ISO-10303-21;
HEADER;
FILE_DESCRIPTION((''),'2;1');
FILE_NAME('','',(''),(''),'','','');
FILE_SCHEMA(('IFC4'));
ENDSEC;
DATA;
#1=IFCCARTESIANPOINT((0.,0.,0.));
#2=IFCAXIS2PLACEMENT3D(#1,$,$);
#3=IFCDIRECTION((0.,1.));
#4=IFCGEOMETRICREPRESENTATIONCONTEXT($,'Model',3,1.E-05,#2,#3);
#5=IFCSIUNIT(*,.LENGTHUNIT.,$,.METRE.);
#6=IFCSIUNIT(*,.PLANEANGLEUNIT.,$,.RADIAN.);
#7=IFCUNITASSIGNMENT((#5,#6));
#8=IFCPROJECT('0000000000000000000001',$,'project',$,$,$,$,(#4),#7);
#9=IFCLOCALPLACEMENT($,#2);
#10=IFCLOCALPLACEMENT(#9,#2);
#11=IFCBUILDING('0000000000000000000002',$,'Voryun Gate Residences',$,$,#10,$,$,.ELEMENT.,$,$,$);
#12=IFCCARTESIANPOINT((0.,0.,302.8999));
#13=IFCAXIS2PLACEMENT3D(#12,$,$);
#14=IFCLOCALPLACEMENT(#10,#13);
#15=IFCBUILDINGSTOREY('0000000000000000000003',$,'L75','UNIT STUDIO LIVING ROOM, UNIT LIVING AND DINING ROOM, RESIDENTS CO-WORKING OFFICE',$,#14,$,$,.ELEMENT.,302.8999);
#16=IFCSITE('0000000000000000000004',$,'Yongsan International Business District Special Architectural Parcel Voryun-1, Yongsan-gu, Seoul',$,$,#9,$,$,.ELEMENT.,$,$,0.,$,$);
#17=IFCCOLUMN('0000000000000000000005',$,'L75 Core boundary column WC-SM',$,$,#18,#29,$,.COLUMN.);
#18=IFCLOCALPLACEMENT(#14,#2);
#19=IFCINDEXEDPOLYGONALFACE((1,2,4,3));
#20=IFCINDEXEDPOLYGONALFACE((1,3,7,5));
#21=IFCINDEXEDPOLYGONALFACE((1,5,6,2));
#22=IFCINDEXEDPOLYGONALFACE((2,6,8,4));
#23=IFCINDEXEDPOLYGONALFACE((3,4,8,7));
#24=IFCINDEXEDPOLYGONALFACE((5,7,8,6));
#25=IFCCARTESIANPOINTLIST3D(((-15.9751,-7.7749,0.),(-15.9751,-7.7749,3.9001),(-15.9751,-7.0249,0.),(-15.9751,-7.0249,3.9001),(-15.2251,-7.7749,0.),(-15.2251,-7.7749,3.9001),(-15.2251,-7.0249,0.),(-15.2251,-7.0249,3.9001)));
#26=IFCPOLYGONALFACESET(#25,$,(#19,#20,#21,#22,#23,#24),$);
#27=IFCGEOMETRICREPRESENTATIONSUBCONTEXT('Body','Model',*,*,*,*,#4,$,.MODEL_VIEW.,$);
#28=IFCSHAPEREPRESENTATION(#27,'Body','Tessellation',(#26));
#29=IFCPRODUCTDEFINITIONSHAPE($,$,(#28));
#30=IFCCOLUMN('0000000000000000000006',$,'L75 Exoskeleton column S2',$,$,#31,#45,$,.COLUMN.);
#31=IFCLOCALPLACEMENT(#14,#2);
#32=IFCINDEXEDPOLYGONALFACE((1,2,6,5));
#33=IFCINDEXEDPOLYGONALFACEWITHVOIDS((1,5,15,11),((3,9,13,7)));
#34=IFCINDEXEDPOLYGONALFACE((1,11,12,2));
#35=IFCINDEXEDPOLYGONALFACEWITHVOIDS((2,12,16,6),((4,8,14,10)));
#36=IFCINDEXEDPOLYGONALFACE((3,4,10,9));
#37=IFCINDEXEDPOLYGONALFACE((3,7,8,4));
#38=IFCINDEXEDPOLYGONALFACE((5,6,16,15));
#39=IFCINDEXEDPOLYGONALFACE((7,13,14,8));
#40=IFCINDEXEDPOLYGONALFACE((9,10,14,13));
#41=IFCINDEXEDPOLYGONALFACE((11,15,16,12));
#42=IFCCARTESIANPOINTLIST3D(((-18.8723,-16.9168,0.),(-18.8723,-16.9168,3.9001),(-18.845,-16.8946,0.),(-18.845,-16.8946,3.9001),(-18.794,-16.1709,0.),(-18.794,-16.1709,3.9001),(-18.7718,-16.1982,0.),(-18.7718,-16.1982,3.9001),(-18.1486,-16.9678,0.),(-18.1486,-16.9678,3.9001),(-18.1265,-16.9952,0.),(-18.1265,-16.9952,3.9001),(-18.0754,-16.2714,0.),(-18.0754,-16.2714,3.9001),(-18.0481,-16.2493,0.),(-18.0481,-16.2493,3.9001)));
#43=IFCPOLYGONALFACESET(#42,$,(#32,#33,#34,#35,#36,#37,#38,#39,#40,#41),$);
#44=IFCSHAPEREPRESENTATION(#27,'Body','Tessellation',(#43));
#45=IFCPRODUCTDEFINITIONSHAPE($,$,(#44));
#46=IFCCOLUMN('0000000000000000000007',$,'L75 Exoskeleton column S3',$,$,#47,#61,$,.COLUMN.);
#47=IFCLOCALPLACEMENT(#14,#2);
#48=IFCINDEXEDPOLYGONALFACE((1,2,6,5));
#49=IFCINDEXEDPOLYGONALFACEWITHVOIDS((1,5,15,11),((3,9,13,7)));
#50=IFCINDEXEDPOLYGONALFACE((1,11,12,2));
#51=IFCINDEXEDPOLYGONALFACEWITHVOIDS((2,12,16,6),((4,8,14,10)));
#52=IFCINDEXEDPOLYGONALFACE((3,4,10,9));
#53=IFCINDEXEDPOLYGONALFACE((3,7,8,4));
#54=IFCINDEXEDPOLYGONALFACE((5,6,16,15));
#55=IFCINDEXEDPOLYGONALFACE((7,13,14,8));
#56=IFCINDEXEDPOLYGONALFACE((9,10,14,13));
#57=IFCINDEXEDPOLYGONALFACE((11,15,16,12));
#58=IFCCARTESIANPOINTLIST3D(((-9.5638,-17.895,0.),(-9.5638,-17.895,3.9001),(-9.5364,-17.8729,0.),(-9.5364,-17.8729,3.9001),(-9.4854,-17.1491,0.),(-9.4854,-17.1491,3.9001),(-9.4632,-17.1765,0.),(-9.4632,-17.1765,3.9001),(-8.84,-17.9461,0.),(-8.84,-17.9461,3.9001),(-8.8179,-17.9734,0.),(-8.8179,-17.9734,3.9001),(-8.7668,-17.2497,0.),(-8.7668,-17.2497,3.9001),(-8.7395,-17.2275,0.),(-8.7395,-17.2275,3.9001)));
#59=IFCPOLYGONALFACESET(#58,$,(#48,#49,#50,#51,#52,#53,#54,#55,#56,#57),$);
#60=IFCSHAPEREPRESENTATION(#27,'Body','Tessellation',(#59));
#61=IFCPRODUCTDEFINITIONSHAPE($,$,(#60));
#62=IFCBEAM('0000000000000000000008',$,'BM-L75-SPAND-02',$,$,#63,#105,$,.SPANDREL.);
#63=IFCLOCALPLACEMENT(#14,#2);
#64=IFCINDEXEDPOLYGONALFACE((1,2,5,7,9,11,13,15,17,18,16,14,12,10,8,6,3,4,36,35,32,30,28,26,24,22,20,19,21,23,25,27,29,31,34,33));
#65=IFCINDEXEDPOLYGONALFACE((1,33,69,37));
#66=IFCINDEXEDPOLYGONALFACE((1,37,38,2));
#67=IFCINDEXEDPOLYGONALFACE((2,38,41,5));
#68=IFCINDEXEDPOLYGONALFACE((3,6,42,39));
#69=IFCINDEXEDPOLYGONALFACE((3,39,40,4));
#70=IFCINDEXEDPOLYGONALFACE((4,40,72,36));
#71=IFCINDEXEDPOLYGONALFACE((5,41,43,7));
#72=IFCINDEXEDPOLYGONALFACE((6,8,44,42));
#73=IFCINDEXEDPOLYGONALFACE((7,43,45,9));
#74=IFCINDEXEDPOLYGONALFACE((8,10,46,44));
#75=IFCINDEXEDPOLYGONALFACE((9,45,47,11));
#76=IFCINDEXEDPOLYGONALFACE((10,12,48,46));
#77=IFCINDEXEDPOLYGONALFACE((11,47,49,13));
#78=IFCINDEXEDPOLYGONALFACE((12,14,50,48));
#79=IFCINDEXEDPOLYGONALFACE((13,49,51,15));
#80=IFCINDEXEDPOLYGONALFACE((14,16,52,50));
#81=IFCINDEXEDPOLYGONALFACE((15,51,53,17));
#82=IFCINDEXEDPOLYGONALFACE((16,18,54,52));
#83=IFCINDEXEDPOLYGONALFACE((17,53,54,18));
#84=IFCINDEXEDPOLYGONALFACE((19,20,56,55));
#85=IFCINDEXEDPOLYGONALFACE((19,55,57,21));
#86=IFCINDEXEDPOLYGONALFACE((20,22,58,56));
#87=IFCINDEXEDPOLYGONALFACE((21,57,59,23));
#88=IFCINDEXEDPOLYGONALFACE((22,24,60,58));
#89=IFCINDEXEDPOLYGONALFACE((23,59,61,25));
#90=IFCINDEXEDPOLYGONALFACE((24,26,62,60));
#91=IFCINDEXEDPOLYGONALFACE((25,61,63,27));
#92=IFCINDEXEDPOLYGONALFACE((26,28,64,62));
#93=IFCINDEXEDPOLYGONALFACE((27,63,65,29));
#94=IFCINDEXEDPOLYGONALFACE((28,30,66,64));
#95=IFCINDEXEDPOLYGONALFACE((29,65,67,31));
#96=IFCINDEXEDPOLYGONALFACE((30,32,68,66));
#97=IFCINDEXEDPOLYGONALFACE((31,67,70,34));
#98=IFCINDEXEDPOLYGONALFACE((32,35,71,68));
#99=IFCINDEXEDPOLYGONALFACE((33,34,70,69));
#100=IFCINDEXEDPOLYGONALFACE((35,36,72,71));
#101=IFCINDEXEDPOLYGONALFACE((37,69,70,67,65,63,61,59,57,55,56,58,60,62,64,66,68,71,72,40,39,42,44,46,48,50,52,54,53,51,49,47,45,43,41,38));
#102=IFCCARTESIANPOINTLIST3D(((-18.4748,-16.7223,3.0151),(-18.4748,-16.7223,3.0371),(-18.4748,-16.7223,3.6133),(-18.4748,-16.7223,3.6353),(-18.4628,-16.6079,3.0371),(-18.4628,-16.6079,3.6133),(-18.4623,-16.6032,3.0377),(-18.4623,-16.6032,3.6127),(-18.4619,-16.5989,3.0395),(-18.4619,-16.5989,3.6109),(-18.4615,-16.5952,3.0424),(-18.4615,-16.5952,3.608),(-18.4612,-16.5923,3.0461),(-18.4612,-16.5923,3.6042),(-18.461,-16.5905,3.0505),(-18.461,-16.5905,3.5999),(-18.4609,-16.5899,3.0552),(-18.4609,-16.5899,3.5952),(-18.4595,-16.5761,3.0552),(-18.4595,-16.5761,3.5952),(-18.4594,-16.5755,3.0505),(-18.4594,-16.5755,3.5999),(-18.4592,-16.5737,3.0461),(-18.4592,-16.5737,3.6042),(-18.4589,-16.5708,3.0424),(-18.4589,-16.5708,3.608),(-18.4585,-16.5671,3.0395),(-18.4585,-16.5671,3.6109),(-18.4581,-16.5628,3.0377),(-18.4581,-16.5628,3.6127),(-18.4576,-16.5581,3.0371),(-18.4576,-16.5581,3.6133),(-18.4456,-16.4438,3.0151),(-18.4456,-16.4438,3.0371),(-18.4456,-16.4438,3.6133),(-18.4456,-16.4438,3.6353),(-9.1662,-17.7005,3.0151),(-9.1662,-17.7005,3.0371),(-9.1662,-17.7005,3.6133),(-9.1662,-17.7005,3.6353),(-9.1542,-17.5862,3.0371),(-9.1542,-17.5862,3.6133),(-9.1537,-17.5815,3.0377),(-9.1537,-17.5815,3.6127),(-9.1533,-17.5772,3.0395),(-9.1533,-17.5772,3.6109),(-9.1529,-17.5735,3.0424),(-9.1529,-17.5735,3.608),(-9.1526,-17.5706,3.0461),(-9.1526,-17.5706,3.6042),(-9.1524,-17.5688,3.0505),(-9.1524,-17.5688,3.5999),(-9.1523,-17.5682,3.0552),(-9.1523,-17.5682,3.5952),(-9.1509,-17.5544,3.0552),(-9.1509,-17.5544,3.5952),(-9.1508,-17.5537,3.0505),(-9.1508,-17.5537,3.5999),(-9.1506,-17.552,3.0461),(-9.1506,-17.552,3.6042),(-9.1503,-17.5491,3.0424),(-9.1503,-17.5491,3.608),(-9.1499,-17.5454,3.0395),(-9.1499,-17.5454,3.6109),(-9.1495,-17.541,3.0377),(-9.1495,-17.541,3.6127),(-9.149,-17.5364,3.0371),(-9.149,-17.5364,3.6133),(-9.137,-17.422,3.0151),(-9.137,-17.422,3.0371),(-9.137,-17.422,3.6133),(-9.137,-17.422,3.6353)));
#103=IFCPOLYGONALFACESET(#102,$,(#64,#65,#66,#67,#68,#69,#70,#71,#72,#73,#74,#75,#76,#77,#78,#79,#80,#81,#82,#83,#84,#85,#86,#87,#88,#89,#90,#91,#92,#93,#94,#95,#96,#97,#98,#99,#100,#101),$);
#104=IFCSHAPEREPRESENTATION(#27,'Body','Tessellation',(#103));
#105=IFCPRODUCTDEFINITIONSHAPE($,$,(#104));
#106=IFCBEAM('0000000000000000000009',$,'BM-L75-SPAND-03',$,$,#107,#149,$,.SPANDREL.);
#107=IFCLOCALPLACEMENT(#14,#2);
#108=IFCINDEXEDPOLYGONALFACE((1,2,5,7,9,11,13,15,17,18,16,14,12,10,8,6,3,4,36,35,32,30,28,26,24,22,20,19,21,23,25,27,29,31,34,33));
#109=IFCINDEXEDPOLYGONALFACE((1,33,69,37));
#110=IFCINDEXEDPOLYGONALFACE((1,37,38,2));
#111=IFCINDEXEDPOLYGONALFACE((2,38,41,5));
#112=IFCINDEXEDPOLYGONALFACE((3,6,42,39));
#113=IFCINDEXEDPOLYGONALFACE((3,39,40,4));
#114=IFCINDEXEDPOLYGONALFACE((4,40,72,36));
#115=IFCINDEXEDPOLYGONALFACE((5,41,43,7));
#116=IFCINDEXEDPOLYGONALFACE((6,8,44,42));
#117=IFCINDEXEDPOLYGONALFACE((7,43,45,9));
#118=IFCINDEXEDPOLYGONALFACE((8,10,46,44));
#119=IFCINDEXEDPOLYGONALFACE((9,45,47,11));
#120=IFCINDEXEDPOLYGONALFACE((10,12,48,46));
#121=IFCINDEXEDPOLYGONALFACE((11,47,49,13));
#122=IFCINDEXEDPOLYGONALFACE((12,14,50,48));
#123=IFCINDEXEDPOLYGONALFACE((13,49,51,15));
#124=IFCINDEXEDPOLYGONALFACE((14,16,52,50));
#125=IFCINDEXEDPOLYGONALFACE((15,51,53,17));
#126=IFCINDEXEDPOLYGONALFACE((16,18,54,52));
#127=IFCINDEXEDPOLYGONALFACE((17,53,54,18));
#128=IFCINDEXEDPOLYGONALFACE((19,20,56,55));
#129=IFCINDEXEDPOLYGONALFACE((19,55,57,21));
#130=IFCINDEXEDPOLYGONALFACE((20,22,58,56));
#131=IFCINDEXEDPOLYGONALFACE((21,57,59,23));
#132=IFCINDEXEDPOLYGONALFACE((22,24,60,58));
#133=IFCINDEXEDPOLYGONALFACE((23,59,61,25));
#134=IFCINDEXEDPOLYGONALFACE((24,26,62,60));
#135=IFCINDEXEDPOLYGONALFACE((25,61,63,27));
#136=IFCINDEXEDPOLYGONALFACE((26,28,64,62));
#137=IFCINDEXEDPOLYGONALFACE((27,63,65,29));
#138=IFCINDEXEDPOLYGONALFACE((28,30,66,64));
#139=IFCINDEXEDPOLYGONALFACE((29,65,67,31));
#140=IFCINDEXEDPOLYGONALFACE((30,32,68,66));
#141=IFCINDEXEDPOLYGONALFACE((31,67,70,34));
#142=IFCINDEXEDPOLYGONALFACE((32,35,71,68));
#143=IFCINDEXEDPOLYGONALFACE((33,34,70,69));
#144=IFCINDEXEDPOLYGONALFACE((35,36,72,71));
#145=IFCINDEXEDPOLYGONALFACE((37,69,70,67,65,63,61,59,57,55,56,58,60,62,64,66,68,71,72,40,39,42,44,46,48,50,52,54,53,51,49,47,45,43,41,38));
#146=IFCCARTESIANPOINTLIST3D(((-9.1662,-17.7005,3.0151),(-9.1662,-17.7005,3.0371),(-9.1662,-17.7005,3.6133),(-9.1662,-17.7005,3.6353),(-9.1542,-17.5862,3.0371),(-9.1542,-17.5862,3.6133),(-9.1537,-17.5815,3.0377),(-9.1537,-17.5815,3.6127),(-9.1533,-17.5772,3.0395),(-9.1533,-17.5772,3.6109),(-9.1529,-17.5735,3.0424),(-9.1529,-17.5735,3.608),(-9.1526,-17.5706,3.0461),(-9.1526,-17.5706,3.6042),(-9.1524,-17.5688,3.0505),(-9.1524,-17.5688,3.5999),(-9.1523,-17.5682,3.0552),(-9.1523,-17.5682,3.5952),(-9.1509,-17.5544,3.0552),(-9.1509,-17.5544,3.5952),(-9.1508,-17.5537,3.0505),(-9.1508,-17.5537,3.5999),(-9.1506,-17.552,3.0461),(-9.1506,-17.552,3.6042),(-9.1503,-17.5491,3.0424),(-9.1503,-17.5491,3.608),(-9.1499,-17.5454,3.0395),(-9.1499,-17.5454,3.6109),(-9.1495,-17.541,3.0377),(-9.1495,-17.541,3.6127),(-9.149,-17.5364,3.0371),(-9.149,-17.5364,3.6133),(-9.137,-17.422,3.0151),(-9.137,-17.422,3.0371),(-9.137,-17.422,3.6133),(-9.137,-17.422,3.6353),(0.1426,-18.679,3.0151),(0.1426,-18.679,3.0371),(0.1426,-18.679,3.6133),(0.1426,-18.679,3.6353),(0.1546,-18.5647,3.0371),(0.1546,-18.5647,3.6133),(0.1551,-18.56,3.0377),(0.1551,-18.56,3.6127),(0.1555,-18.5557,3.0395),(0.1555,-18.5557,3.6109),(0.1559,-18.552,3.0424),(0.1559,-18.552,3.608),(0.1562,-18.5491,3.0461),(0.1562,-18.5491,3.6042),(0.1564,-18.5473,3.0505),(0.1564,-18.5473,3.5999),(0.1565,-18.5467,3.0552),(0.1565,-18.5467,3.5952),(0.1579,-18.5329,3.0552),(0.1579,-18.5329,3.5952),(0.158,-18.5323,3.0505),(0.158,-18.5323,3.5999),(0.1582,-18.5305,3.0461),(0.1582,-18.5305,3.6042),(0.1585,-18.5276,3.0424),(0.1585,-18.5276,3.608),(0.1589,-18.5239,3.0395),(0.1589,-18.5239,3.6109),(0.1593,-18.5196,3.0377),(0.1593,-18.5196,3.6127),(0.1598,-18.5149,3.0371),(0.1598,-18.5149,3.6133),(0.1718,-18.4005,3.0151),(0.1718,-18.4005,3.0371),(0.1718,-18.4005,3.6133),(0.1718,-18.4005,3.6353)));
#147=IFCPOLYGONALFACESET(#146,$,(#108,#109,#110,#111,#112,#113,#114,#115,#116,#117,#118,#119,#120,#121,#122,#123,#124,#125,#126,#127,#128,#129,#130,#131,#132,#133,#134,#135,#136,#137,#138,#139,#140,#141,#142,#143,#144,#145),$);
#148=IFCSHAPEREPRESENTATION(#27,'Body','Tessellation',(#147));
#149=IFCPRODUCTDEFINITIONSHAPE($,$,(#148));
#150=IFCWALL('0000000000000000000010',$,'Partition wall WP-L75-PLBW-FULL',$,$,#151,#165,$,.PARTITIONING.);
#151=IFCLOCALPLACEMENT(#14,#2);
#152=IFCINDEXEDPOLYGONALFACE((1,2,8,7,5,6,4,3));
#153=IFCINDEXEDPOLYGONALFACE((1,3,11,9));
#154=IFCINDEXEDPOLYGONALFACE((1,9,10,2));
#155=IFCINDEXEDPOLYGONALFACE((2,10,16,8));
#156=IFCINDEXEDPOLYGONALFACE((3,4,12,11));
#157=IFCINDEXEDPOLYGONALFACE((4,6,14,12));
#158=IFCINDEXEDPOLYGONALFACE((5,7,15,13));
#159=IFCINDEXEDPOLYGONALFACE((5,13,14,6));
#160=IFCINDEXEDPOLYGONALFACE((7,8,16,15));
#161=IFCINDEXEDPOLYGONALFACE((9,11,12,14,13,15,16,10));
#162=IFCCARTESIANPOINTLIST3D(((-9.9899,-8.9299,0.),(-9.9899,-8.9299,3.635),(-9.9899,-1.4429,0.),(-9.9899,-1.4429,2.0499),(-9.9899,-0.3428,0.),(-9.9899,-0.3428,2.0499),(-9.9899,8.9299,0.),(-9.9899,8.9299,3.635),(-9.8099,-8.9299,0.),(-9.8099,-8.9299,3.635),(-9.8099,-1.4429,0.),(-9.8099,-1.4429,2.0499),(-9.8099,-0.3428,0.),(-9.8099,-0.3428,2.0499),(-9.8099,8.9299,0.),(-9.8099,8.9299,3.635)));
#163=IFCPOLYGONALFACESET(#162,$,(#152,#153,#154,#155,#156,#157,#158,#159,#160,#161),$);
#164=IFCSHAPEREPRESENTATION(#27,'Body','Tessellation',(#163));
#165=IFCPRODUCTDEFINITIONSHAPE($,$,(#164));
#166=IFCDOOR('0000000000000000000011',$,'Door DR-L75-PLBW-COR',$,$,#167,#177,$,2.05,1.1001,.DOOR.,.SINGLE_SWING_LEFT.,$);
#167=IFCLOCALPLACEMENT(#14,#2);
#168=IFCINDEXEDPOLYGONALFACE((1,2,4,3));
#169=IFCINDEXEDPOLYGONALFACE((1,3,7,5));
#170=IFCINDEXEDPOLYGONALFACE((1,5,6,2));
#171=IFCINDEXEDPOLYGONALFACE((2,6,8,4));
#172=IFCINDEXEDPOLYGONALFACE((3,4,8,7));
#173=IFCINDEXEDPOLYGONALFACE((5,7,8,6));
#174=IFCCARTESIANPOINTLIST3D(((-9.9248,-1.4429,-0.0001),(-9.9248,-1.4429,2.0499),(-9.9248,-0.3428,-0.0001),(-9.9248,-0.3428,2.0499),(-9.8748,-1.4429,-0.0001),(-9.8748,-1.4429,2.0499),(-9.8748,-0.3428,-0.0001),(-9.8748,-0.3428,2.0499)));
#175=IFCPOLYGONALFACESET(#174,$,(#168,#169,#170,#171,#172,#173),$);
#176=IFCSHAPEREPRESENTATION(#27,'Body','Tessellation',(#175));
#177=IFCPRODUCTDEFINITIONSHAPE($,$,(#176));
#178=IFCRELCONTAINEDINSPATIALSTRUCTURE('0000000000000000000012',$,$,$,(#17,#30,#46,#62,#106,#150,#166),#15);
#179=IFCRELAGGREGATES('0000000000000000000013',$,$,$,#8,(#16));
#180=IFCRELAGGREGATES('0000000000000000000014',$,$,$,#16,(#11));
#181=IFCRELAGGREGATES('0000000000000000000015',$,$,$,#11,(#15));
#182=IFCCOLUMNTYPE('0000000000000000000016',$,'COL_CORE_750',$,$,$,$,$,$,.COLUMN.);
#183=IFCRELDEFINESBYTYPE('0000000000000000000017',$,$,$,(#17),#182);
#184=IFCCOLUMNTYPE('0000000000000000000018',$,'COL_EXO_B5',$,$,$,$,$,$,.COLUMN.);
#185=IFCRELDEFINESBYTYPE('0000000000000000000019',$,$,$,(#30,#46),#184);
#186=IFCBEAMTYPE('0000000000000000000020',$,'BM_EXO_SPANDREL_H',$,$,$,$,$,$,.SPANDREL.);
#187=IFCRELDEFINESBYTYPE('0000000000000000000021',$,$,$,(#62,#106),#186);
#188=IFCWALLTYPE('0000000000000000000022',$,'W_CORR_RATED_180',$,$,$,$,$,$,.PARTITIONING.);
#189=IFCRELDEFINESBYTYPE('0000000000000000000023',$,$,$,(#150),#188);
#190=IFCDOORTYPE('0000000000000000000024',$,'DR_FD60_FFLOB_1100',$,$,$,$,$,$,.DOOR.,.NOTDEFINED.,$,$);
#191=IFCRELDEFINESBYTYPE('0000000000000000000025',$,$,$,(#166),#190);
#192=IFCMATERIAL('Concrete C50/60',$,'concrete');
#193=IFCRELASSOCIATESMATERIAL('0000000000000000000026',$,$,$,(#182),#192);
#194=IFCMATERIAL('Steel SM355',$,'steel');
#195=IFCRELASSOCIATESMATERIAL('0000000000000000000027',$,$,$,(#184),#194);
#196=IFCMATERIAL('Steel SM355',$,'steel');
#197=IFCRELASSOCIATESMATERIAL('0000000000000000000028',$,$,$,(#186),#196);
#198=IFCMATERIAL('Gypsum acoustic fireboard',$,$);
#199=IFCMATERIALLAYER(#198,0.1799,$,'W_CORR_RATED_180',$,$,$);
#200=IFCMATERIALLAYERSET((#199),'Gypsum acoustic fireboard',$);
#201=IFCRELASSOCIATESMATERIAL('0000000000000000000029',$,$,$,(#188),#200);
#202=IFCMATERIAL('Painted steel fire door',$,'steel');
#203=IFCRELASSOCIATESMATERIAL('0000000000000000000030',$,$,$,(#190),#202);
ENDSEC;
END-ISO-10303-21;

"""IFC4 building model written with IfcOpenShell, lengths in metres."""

from ifc_helpers import new_model, si_unit, direction, frame, frame_2d, origin, origin_2d, place, context, subcontext, project, spatial, rectangle, hollow_rectangle, i_section, extrude, material, layer, layer_set, material_profile, profile_set, type_object, element, fill, save


model = new_model("IFC4")

# Units and contexts
model_context = context("Model", 3, precision=1e-05, world=origin(), true_north=direction((0.0, 1.0)))
body_context = subcontext(model_context, "Body", "Model", "MODEL_VIEW")
ifc_project = project(units=[si_unit("LENGTHUNIT", "METRE"), si_unit("PLANEANGLEUNIT", "RADIAN")], contexts=[model_context])

# Site, building, storey
site_placement = place(None, origin())
site = spatial("IfcSite", under=ifc_project, at=site_placement, Name="Yongsan International Business District Special Architectural Parcel Voryun-1, Yongsan-gu, Seoul", CompositionType="ELEMENT", RefElevation=0.0)
building_placement = place(site_placement, origin())
building = spatial("IfcBuilding", under=site, at=building_placement, Name="Voryun Gate Residences", CompositionType="ELEMENT")
storey_placement = place(building_placement, frame((0.0, 0.0, 302.8999)))
storey = spatial("IfcBuildingStorey", under=building, at=storey_placement, Name="L75", Description="UNIT STUDIO LIVING ROOM, UNIT LIVING AND DINING ROOM, RESIDENTS CO-WORKING OFFICE", CompositionType="ELEMENT", Elevation=302.8999)

# Columns
ifc_material_1 = material(Name="Concrete C50/60", Category="concrete")
ifc_material_profile_1 = material_profile(ifc_material_1, rectangle(XDim=0.75, YDim=0.75, at=origin_2d()), Name="RC-750x750")
ifc_profile_set_1 = profile_set([ifc_material_profile_1], Name="Concrete C50/60")
column_type_1 = type_object("IfcColumnType", Name="COL_CORE_750", PredefinedType="COLUMN", material=ifc_profile_set_1)
column_placement = place(storey_placement, frame((-15.6001, -7.3999, 0.0), z_axis=(0.0, 0.0, 1.0), x_axis=(1.0, 0.0, 0.0)))
element("IfcColumn", 1, at=column_placement, inside=storey, type_object=column_type_1, Name="L75 Core boundary column WC-SM", PredefinedType="COLUMN", context=body_context, shape_type="SweptSolid", body=[
    extrude(rectangle(XDim=0.75, YDim=0.75, at=origin_2d()), origin(), (0.0, 0.0, 1.0), 3.9001),
])
ifc_material_2 = material(Name="Steel SM355", Category="steel")
ifc_material_profile_2 = material_profile(ifc_material_2, hollow_rectangle(XDim=0.75, YDim=0.75, WallThickness=0.0249, at=origin_2d()), Name="BOX-750x750x25")
ifc_profile_set_2 = profile_set([ifc_material_profile_2], Name="Steel SM355")
column_type_2 = type_object("IfcColumnType", Name="COL_EXO_B5", PredefinedType="COLUMN", material=ifc_profile_set_2)
for number, where, z_axis, x_axis, name in (
    (2, (-18.4602, -16.583, 0.0), (0.0, 0.0, 1.0), (0.994522, -0.104528, 0.0), "L75 Exoskeleton column S2"),
    (3, (-9.1516, -17.5613, 0.0), (0.0, 0.0, 1.0), (0.994522, -0.104528, 0.0), "L75 Exoskeleton column S3"),
):
    element("IfcColumn", number, at=place(storey_placement, frame(where, z_axis=z_axis, x_axis=x_axis)), inside=storey, type_object=column_type_2, Name=name, PredefinedType="COLUMN", context=body_context, shape_type="SweptSolid", body=[
        extrude(hollow_rectangle(XDim=0.75, YDim=0.75, WallThickness=0.0249, at=origin_2d()), origin(), (0.0, 0.0, 1.0), 3.9001),
    ])

# Beams
ifc_material_3 = material(Name="Steel SM355", Category="steel")
ifc_material_profile_3 = material_profile(ifc_material_3, i_section(OverallWidth=0.28, OverallDepth=0.6201, WebThickness=0.0139, FlangeThickness=0.022, FilletRadius=0.0181, at=origin_2d()), Name="H-620x280x14x22")
ifc_profile_set_3 = profile_set([ifc_material_profile_3], Name="Steel SM355")
beam_type = type_object("IfcBeamType", Name="BM_EXO_SPANDREL_H", PredefinedType="SPANDREL", material=ifc_profile_set_3)
beam_1_placement = place(storey_placement, frame((-18.4602, -16.583, 3.3252), z_axis=(0.994523, -0.104518, 0.0), x_axis=(0.104518, 0.994523, 0.0)))
element("IfcBeam", 4, at=beam_1_placement, inside=storey, type_object=beam_type, Name="BM-L75-SPAND-02", PredefinedType="SPANDREL", context=body_context, shape_type="SweptSolid", body=[
    extrude(i_section(OverallWidth=0.28, OverallDepth=0.6201, WebThickness=0.0139, FlangeThickness=0.022, FilletRadius=0.0181, at=origin_2d()), origin(), (0.0, 0.0, 1.0), 9.3599),
])
beam_2_placement = place(storey_placement, frame((-9.1516, -17.5613, 3.3252), z_axis=(0.994521, -0.104541, 0.0), x_axis=(0.104541, 0.994521, 0.0)))
element("IfcBeam", 5, at=beam_2_placement, inside=storey, type_object=beam_type, Name="BM-L75-SPAND-03", PredefinedType="SPANDREL", context=body_context, shape_type="SweptSolid", body=[
    extrude(i_section(OverallWidth=0.28, OverallDepth=0.6201, WebThickness=0.0139, FlangeThickness=0.022, FilletRadius=0.0181, at=origin_2d()), origin(), (0.0, 0.0, 1.0), 9.3601),
])

# Wall, opening, door
ifc_material_4 = material(Name="Gypsum acoustic fireboard")
ifc_layer_1 = layer(ifc_material_4, 0.1799, Name="W_CORR_RATED_180")
ifc_layer_set_1 = layer_set([ifc_layer_1], Name="Gypsum acoustic fireboard")
wall_type_1 = type_object("IfcWallType", Name="W_CORR_RATED_180", PredefinedType="PARTITIONING", material=ifc_layer_set_1)
wall_1_placement = place(storey_placement, frame((-9.8999, -8.9299, 0.0), z_axis=(0.0, 0.0, 1.0), x_axis=(0.0, 1.0, 0.0)))
wall_1 = element("IfcWall", 6, at=wall_1_placement, inside=storey, type_object=wall_type_1, Name="Partition wall WP-L75-PLBW-FULL", PredefinedType="PARTITIONING", context=body_context, shape_type="SweptSolid", body=[
    extrude(rectangle(XDim=17.8599, YDim=0.1799, at=frame_2d((8.9299, 0.0))), origin(), (0.0, 0.0, 1.0), 3.635),
])
opening_1_placement = place(wall_1_placement, frame((7.4871, 0.0, 0.0)))
opening_1 = element("IfcOpeningElement", 7, at=opening_1_placement, cuts=wall_1, PredefinedType="OPENING", context=body_context, shape_type="SweptSolid", body=[
    extrude(rectangle(XDim=1.1001, YDim=2.05, at=frame_2d((0.55, 1.0249))), frame((0.0, 0.0999, 0.0), z_axis=(0.0, -1.0, 0.0), x_axis=(1.0, 0.0, 0.0)), (0.0, 0.0, 1.0), 0.2),
])
ifc_material_5 = material(Name="Painted steel fire door", Category="steel")
door_type_1 = type_object("IfcDoorType", Name="DR_FD60_FFLOB_1100", OperationType="NOTDEFINED", PredefinedType="DOOR", material=ifc_material_5)
door_1_placement = place(opening_1_placement, origin())
door_1 = element("IfcDoor", 8, at=door_1_placement, inside=storey, type_object=door_type_1, Name="Door DR-L75-PLBW-COR", OperationType="SINGLE_SWING_LEFT", OverallHeight=2.05, OverallWidth=1.1001, PredefinedType="DOOR", context=body_context, shape_type="SweptSolid", body=[
    extrude(rectangle(XDim=1.1001, YDim=2.05, at=frame_2d((0.55, 1.0249))), frame((0.0, 0.0249, 0.0), z_axis=(0.0, -1.0, 0.0), x_axis=(1.0, 0.0, 0.0)), (0.0, 0.0, 1.0), 0.05),
])
fill(opening_1, door_1)

save(model, "model.ifc")
